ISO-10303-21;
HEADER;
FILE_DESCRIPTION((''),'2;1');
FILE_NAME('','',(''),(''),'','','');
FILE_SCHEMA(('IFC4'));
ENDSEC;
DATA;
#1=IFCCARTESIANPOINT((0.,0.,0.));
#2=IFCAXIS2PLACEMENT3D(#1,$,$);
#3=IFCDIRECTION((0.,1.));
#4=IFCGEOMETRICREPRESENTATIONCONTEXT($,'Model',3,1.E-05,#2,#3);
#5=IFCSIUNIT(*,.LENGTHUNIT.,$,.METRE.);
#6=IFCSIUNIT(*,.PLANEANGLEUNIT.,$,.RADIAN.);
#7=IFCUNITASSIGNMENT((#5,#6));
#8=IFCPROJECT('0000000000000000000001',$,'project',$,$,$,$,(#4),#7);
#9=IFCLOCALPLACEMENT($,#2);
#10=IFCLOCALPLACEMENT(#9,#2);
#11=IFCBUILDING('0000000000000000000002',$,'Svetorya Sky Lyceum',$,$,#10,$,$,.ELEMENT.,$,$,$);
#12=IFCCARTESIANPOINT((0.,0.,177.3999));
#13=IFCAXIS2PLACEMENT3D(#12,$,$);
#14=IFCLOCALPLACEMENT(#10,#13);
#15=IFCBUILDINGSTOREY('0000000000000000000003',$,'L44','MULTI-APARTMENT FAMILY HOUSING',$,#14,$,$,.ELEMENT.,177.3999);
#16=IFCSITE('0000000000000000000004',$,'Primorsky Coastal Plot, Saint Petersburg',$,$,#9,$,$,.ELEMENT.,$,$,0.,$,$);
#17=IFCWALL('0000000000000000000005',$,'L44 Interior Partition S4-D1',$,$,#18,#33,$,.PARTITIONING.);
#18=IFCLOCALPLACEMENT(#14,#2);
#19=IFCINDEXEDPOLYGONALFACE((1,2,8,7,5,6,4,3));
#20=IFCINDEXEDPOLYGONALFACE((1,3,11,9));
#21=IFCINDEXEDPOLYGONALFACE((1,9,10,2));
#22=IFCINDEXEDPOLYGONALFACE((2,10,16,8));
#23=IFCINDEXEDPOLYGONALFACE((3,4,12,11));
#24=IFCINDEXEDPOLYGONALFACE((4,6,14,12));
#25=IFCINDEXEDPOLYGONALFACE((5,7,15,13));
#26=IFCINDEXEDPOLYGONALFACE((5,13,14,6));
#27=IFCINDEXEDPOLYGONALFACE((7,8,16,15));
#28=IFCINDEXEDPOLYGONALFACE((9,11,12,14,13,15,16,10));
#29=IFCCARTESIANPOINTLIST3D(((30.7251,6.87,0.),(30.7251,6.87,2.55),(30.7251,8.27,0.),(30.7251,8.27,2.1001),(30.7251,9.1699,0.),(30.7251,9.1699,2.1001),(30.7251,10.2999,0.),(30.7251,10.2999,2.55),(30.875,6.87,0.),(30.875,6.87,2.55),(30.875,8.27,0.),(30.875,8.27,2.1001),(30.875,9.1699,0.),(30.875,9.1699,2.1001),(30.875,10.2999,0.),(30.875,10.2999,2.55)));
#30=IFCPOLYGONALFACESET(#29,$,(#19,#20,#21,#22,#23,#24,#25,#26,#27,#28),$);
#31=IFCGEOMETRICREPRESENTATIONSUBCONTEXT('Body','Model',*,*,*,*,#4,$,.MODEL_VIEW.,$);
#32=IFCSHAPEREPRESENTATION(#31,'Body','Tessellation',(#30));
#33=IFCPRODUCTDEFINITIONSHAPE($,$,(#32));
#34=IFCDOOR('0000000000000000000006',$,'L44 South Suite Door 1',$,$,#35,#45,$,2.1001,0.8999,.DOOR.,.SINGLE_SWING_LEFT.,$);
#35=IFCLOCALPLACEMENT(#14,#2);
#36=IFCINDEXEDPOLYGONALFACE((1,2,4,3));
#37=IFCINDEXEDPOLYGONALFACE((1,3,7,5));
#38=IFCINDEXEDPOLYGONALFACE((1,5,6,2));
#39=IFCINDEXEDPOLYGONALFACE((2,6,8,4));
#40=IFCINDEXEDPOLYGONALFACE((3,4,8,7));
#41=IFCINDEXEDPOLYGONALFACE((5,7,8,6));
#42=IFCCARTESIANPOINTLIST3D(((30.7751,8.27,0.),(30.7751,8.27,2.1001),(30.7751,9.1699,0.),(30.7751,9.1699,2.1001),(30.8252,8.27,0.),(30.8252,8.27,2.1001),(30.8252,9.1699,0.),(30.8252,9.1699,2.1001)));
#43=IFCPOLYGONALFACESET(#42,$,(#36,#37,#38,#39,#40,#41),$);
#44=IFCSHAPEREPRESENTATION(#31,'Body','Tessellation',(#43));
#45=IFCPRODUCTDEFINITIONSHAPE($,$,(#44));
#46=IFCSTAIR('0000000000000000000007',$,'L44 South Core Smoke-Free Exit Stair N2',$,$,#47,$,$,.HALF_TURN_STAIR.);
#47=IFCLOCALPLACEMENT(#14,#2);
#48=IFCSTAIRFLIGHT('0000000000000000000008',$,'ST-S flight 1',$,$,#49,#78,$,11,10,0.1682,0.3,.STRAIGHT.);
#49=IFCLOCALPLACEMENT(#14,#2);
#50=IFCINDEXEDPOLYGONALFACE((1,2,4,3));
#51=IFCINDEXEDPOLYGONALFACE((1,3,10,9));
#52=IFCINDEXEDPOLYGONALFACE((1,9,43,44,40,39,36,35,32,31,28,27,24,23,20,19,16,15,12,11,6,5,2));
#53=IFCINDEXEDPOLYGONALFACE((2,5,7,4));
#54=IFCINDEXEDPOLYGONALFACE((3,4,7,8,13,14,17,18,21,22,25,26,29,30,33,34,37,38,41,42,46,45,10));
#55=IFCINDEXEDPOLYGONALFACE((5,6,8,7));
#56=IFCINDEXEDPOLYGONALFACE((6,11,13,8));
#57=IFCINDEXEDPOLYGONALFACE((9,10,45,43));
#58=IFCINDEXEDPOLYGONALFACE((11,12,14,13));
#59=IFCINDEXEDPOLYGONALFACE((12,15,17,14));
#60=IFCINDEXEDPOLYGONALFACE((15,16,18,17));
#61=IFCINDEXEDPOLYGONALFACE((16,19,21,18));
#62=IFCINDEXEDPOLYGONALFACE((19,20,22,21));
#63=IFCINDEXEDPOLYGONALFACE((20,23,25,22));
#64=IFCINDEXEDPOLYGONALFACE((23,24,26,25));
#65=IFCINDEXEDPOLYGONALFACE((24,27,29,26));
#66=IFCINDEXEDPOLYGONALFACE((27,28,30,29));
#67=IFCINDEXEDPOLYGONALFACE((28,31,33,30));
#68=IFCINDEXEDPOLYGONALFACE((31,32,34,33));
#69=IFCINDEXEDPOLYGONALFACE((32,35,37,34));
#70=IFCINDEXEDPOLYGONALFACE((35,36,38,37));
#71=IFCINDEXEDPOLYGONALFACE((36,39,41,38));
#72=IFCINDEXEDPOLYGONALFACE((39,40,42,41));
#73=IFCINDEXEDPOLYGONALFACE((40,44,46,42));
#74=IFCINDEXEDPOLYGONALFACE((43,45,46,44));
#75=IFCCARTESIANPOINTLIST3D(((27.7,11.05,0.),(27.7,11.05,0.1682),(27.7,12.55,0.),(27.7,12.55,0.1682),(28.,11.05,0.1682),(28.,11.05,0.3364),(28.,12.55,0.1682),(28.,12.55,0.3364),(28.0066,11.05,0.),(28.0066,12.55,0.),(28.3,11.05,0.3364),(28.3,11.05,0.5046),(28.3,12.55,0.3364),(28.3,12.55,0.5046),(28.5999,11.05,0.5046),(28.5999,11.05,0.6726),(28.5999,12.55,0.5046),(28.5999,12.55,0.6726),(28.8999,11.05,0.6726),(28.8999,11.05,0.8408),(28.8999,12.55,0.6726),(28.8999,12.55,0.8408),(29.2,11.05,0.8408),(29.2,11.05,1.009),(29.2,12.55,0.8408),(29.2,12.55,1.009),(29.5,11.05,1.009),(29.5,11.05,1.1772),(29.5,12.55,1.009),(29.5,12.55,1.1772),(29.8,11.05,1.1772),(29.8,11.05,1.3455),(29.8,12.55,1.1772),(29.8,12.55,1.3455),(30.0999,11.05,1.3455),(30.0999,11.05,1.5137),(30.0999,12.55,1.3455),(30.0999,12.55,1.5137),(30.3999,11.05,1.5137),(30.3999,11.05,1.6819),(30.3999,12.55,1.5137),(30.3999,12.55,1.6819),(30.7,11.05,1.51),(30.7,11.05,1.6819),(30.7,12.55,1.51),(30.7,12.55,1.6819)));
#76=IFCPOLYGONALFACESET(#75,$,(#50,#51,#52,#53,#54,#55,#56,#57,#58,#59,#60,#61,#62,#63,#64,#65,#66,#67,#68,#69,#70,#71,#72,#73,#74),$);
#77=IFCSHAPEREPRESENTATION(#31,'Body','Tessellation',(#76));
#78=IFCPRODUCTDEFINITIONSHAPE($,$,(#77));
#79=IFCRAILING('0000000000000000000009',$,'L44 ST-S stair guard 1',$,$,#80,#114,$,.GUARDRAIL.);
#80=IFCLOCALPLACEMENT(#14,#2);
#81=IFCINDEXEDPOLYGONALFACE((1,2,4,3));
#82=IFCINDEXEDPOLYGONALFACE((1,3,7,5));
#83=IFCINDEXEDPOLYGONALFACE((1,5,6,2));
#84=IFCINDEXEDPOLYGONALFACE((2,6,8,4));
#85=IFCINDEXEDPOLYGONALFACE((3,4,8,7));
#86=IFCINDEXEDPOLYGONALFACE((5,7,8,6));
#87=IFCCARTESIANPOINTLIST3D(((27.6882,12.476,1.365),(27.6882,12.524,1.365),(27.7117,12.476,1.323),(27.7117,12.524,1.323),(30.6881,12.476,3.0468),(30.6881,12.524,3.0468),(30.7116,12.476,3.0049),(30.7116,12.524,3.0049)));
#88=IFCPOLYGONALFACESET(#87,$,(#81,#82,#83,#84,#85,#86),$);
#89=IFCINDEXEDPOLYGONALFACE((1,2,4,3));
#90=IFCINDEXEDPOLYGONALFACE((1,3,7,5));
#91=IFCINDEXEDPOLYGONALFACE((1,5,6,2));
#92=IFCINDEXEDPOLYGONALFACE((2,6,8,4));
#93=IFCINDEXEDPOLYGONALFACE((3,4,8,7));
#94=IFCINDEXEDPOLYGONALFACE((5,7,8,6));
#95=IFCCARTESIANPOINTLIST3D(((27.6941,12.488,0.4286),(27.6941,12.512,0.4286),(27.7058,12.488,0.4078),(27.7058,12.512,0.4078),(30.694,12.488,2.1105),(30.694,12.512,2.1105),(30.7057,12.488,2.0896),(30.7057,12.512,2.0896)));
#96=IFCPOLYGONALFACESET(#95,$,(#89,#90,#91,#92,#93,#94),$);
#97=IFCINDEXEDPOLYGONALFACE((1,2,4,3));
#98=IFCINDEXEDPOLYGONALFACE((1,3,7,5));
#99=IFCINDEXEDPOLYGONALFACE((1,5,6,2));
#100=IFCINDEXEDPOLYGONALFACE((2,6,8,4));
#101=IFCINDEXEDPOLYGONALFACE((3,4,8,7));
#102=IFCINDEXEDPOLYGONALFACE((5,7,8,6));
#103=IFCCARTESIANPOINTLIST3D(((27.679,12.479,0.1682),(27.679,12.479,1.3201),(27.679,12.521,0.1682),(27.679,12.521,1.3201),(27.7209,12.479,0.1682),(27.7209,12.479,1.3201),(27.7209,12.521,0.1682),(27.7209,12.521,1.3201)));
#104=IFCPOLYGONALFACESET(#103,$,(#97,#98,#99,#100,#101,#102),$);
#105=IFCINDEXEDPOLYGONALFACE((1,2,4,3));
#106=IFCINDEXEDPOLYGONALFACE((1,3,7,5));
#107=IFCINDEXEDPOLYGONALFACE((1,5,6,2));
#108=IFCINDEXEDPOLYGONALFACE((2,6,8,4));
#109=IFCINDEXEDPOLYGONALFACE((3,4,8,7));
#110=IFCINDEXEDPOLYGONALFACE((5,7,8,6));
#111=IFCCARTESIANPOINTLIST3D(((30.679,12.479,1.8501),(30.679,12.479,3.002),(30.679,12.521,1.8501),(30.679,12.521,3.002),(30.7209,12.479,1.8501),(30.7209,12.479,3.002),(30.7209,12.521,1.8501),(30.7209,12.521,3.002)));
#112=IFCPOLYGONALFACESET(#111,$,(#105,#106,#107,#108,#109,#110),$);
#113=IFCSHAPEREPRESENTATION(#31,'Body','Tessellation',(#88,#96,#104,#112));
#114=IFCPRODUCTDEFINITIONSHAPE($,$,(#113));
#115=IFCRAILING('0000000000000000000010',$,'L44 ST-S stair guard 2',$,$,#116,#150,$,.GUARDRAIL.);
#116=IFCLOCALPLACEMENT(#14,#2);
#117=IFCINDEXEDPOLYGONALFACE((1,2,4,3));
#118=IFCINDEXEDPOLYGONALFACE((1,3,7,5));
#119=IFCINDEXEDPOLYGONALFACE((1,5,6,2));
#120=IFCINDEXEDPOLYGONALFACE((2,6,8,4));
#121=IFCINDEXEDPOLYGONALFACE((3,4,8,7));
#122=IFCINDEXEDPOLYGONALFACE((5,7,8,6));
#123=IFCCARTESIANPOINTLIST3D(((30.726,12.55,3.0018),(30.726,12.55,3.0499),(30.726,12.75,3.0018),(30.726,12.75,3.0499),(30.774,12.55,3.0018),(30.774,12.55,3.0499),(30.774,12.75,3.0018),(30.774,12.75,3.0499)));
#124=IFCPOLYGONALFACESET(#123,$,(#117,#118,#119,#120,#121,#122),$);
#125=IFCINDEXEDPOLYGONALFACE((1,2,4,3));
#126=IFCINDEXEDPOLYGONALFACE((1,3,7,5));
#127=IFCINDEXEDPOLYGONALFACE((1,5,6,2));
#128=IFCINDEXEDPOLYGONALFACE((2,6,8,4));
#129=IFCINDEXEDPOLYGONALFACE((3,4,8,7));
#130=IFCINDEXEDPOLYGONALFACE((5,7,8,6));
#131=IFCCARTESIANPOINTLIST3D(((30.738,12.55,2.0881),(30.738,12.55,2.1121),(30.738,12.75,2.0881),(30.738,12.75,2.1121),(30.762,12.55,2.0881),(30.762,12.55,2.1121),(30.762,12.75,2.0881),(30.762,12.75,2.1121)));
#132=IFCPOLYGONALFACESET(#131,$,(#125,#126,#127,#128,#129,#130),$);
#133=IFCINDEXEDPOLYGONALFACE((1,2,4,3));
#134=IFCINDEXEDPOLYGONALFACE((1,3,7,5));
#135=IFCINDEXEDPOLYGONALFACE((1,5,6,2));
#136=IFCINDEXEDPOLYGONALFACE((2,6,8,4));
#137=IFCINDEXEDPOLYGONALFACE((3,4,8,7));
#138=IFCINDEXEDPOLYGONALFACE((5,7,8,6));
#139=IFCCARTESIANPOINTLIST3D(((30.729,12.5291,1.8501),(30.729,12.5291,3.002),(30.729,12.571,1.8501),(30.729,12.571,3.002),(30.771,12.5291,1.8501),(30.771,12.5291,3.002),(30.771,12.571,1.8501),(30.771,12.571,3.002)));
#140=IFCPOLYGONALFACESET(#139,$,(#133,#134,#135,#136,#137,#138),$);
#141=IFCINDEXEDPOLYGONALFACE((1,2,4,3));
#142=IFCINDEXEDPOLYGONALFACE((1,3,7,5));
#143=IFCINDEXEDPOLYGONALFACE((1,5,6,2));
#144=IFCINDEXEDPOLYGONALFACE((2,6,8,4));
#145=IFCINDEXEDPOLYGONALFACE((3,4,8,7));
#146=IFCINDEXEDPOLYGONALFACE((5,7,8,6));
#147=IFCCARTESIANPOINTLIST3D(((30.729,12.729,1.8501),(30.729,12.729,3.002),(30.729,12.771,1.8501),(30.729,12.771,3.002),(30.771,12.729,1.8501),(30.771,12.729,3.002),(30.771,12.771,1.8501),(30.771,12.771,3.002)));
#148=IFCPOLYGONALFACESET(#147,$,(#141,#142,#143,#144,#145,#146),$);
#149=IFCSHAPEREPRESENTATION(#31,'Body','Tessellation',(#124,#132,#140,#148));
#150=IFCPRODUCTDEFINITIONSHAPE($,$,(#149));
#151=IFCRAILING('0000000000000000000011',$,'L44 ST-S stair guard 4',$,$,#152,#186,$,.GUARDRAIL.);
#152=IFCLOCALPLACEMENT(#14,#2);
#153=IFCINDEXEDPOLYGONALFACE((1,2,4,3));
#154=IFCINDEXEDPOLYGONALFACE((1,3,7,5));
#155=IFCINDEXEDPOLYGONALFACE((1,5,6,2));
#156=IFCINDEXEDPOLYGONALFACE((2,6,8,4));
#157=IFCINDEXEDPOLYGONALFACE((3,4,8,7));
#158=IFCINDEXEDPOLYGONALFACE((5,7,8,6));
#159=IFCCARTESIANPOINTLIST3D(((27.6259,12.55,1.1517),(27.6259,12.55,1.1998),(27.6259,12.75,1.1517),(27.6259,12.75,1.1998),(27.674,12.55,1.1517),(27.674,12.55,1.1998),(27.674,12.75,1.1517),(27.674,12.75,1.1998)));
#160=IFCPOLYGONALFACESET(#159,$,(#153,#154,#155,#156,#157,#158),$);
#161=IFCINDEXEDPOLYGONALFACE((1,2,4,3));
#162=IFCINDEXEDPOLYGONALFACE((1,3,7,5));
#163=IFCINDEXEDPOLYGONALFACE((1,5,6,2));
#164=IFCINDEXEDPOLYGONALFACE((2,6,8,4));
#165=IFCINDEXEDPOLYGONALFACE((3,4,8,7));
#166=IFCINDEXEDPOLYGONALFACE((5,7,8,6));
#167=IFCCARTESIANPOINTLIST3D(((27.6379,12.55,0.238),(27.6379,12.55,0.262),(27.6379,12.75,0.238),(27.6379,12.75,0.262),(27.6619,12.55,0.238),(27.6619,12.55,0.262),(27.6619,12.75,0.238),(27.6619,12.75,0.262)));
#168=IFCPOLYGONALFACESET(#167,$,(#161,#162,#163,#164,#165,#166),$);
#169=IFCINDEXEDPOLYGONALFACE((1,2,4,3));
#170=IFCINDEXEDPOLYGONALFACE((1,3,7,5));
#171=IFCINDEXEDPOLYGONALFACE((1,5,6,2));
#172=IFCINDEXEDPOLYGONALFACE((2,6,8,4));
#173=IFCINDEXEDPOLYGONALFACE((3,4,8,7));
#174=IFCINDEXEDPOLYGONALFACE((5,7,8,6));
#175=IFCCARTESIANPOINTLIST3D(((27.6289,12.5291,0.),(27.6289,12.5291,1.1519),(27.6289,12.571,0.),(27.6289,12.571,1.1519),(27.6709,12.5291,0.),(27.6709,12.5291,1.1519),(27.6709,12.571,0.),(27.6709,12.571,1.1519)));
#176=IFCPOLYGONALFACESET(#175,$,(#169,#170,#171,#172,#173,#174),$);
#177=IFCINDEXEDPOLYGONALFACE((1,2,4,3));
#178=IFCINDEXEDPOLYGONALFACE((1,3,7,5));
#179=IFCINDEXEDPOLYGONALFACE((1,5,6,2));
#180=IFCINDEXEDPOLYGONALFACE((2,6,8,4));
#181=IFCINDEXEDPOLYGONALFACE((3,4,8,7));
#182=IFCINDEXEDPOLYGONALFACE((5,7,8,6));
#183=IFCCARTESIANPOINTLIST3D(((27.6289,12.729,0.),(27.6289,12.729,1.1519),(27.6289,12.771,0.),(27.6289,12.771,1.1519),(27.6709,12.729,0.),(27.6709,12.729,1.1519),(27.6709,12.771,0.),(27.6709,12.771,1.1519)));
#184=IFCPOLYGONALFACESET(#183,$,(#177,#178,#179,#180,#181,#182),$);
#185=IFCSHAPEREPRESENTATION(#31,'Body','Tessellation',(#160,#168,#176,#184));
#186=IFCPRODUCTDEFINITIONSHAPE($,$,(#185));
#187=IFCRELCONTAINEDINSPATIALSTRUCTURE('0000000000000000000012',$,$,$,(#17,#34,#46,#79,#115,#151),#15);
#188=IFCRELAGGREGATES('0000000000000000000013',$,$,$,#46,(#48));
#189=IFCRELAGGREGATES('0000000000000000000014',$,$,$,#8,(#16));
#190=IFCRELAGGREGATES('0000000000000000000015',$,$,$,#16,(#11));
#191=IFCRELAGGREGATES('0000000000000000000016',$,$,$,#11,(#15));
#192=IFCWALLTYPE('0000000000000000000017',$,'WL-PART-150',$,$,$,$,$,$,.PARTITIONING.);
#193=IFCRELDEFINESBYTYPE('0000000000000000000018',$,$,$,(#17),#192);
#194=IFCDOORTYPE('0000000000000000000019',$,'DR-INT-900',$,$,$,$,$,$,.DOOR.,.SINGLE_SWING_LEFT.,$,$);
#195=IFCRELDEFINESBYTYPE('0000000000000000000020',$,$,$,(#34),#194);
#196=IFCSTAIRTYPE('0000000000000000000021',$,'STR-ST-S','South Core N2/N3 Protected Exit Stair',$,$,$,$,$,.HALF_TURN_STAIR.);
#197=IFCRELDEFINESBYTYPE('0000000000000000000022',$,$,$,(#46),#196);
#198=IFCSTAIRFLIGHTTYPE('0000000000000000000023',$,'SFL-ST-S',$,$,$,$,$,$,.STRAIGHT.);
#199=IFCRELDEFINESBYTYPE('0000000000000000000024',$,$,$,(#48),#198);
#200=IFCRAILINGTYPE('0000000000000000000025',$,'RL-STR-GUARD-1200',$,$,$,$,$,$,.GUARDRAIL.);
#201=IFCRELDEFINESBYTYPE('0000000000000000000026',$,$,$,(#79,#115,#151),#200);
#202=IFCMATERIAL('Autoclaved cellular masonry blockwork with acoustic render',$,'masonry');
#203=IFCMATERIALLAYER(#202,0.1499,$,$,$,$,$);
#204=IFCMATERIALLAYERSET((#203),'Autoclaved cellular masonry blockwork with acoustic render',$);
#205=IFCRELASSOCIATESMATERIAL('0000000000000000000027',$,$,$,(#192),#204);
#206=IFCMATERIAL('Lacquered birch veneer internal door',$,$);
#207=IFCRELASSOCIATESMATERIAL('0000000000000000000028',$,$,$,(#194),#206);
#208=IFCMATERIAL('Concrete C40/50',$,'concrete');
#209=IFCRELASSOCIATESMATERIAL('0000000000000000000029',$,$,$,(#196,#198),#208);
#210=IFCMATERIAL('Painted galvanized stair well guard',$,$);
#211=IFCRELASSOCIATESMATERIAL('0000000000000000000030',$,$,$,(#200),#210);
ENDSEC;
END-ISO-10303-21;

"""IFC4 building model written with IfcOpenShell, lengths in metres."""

from ifc_helpers import new_model, si_unit, direction, frame, frame_2d, origin, origin_2d, place, context, subcontext, project, spatial, polyline, rectangle, outline, extrude, material, layer, layer_set, type_object, element, fill, aggregate, save


model = new_model("IFC4")

# Units and contexts
model_context = context("Model", 3, precision=1e-05, world=origin(), true_north=direction((0.0, 1.0)))
body_context = subcontext(model_context, "Body", "Model", "MODEL_VIEW")
ifc_project = project(units=[si_unit("LENGTHUNIT", "METRE"), si_unit("PLANEANGLEUNIT", "RADIAN")], contexts=[model_context])

# Site, building, storey
site_placement = place(None, origin())
site = spatial("IfcSite", under=ifc_project, at=site_placement, Name="Primorsky Coastal Plot, Saint Petersburg", CompositionType="ELEMENT", RefElevation=0.0)
building_placement = place(site_placement, origin())
building = spatial("IfcBuilding", under=site, at=building_placement, Name="Svetorya Sky Lyceum", CompositionType="ELEMENT")
storey_placement = place(building_placement, frame((0.0, 0.0, 177.3999)))
storey = spatial("IfcBuildingStorey", under=building, at=storey_placement, Name="L44", Description="MULTI-APARTMENT FAMILY HOUSING", CompositionType="ELEMENT", Elevation=177.3999)

# Shared definitions
ifc_material_1 = material(Name="Concrete C40/50", Category="concrete")

# Wall, opening, door
ifc_material_2 = material(Name="Autoclaved cellular masonry blockwork with acoustic render", Category="masonry")
ifc_layer_1 = layer(ifc_material_2, 0.1499)
ifc_layer_set_1 = layer_set([ifc_layer_1], Name="Autoclaved cellular masonry blockwork with acoustic render")
wall_type_1 = type_object("IfcWallType", Name="WL-PART-150", PredefinedType="PARTITIONING", material=ifc_layer_set_1)
wall_1_placement = place(storey_placement, frame((30.8, 6.8701, 0.0), z_axis=(0.0, 0.0, 1.0), x_axis=(0.0, 1.0, 0.0)))
wall_1 = element("IfcWall", 1, at=wall_1_placement, inside=storey, type_object=wall_type_1, Name="L44 Interior Partition S4-D1", PredefinedType="PARTITIONING", context=body_context, shape_type="SweptSolid", body=[
    extrude(rectangle(XDim=3.4299, YDim=0.1499, at=frame_2d((1.7148, 0.0))), origin(), (0.0, 0.0, 1.0), 2.55),
])
opening_placement = place(wall_1_placement, frame((1.3999, 0.0, 0.0)))
opening = element("IfcOpeningElement", 2, at=opening_placement, cuts=wall_1, PredefinedType="OPENING", context=body_context, shape_type="SweptSolid", body=[
    extrude(rectangle(XDim=0.8999, YDim=2.1001, at=frame_2d((0.45, 1.05))), frame((0.0, 0.085, 0.0), z_axis=(0.0, -1.0, 0.0), x_axis=(1.0, 0.0, 0.0)), (0.0, 0.0, 1.0), 0.1699),
])
ifc_material_3 = material(Name="Lacquered birch veneer internal door")
door_type = type_object("IfcDoorType", Name="DR-INT-900", OperationType="SINGLE_SWING_LEFT", PredefinedType="DOOR", material=ifc_material_3)
door_placement = place(opening_placement, origin())
door = element("IfcDoor", 3, at=door_placement, inside=storey, type_object=door_type, Name="L44 South Suite Door 1", OperationType="SINGLE_SWING_LEFT", OverallHeight=2.1001, OverallWidth=0.8999, PredefinedType="DOOR", context=body_context, shape_type="SweptSolid", body=[
    extrude(rectangle(XDim=0.8999, YDim=2.1001, at=frame_2d((0.45, 1.05))), frame((0.0, 0.0249, 0.0), z_axis=(0.0, -1.0, 0.0), x_axis=(1.0, 0.0, 0.0)), (0.0, 0.0, 1.0), 0.05),
])
fill(opening, door)

# Stair, stair flight
stair_type = type_object("IfcStairType", Name="STR-ST-S", Description="South Core N2/N3 Protected Exit Stair", PredefinedType="HALF_TURN_STAIR", material=ifc_material_1)
stair_placement = place(storey_placement, origin())
stair = element("IfcStair", 4, at=stair_placement, inside=storey, type_object=stair_type, Name="L44 South Core Smoke-Free Exit Stair N2", PredefinedType="HALF_TURN_STAIR")
stair_flight_type = type_object("IfcStairFlightType", Name="SFL-ST-S", PredefinedType="STRAIGHT", material=ifc_material_1)
stair_flight_placement = place(storey_placement, frame((27.7, 11.8, 0.0), z_axis=(0.0, 0.0, 1.0), x_axis=(1.0, 0.0, 0.0)))
stair_flight = element("IfcStairFlight", 5, at=stair_flight_placement, type_object=stair_flight_type, Name="ST-S flight 1", NumberOfRisers=11, NumberOfTreads=10, PredefinedType="STRAIGHT", RiserHeight=0.1682, TreadLength=0.3, context=body_context, shape_type="SweptSolid", body=[
    extrude(outline(polyline([(0.0, 0.0), (0.0, 0.1682), (0.3, 0.1682), (0.3, 0.3364), (0.6001, 0.3364), (0.6001, 0.5046), (0.8999, 0.5046), (0.8999, 0.6726), (1.2, 0.6726), (1.2, 0.8408), (1.5, 0.8408), (1.5, 1.009), (1.8, 1.009), (1.8, 1.1772), (2.1001, 1.1772), (2.1001, 1.3455), (2.3999, 1.3455), (2.3999, 1.5137), (2.7, 1.5137), (2.7, 1.6819), (3.0, 1.6819), (3.0, 1.8501), (3.0, 1.51), (0.3066, 0.0), (0.0, 0.0)])), frame((0.0, 0.75, 0.0), z_axis=(0.0, -1.0, 0.0), x_axis=(1.0, 0.0, 0.0)), (0.0, 0.0, 1.0), 1.5),
])
aggregate(stair, [stair_flight])

# Railings
ifc_material_4 = material(Name="Painted galvanized stair well guard")
railing_type_1 = type_object("IfcRailingType", Name="RL-STR-GUARD-1200", PredefinedType="GUARDRAIL", material=ifc_material_4)
railing_1_placement = place(storey_placement, frame((27.7, 12.5, 0.1682)))
element("IfcRailing", 6, at=railing_1_placement, inside=storey, type_object=railing_type_1, Name="L44 ST-S stair guard 1", PredefinedType="GUARDRAIL", context=body_context, shape_type="SweptSolid", body=[
    extrude(rectangle(XDim=0.0481, YDim=0.0481, at=origin_2d()), frame((0.0, 0.0, 1.1758), z_axis=(0.872272, 0.0, 0.48902), x_axis=(0.0, 1.0, 0.0)), (0.0, 0.0, 1.0), 3.4392),
    extrude(rectangle(XDim=0.0239, YDim=0.0239, at=origin_2d()), frame((0.0, 0.0, 0.25), z_axis=(0.872272, 0.0, 0.48902), x_axis=(0.0, 1.0, 0.0)), (0.0, 0.0, 1.0), 3.4392),
    extrude(rectangle(XDim=0.042, YDim=0.042, at=origin_2d()), origin(), (0.0, 0.0, 1.0), 1.1519),
    extrude(rectangle(XDim=0.042, YDim=0.042, at=origin_2d()), frame((3.0, 0.0, 1.6819)), (0.0, 0.0, 1.0), 1.1519),
])
for number, where, name in (
    (7, (30.75, 12.55, 1.8501), "L44 ST-S stair guard 2"),
    (8, (27.6499, 12.55, 0.0), "L44 ST-S stair guard 4"),
):
    element("IfcRailing", number, at=place(storey_placement, frame(where)), inside=storey, type_object=railing_type_1, Name=name, PredefinedType="GUARDRAIL", context=body_context, shape_type="SweptSolid", body=[
        extrude(rectangle(XDim=0.0481, YDim=0.0481, at=origin_2d()), frame((0.0, 0.0, 1.1758), z_axis=(0.0, 1.0, 0.0), x_axis=(-1.0, 0.0, 0.0)), (0.0, 0.0, 1.0), 0.2),
        extrude(rectangle(XDim=0.0239, YDim=0.0239, at=origin_2d()), frame((0.0, 0.0, 0.25), z_axis=(0.0, 1.0, 0.0), x_axis=(-1.0, 0.0, 0.0)), (0.0, 0.0, 1.0), 0.2),
        extrude(rectangle(XDim=0.042, YDim=0.042, at=origin_2d()), origin(), (0.0, 0.0, 1.0), 1.1519),
        extrude(rectangle(XDim=0.042, YDim=0.042, at=origin_2d()), frame((0.0, 0.2, 0.0)), (0.0, 0.0, 1.0), 1.1519),
    ])

save(model, "model.ifc")
